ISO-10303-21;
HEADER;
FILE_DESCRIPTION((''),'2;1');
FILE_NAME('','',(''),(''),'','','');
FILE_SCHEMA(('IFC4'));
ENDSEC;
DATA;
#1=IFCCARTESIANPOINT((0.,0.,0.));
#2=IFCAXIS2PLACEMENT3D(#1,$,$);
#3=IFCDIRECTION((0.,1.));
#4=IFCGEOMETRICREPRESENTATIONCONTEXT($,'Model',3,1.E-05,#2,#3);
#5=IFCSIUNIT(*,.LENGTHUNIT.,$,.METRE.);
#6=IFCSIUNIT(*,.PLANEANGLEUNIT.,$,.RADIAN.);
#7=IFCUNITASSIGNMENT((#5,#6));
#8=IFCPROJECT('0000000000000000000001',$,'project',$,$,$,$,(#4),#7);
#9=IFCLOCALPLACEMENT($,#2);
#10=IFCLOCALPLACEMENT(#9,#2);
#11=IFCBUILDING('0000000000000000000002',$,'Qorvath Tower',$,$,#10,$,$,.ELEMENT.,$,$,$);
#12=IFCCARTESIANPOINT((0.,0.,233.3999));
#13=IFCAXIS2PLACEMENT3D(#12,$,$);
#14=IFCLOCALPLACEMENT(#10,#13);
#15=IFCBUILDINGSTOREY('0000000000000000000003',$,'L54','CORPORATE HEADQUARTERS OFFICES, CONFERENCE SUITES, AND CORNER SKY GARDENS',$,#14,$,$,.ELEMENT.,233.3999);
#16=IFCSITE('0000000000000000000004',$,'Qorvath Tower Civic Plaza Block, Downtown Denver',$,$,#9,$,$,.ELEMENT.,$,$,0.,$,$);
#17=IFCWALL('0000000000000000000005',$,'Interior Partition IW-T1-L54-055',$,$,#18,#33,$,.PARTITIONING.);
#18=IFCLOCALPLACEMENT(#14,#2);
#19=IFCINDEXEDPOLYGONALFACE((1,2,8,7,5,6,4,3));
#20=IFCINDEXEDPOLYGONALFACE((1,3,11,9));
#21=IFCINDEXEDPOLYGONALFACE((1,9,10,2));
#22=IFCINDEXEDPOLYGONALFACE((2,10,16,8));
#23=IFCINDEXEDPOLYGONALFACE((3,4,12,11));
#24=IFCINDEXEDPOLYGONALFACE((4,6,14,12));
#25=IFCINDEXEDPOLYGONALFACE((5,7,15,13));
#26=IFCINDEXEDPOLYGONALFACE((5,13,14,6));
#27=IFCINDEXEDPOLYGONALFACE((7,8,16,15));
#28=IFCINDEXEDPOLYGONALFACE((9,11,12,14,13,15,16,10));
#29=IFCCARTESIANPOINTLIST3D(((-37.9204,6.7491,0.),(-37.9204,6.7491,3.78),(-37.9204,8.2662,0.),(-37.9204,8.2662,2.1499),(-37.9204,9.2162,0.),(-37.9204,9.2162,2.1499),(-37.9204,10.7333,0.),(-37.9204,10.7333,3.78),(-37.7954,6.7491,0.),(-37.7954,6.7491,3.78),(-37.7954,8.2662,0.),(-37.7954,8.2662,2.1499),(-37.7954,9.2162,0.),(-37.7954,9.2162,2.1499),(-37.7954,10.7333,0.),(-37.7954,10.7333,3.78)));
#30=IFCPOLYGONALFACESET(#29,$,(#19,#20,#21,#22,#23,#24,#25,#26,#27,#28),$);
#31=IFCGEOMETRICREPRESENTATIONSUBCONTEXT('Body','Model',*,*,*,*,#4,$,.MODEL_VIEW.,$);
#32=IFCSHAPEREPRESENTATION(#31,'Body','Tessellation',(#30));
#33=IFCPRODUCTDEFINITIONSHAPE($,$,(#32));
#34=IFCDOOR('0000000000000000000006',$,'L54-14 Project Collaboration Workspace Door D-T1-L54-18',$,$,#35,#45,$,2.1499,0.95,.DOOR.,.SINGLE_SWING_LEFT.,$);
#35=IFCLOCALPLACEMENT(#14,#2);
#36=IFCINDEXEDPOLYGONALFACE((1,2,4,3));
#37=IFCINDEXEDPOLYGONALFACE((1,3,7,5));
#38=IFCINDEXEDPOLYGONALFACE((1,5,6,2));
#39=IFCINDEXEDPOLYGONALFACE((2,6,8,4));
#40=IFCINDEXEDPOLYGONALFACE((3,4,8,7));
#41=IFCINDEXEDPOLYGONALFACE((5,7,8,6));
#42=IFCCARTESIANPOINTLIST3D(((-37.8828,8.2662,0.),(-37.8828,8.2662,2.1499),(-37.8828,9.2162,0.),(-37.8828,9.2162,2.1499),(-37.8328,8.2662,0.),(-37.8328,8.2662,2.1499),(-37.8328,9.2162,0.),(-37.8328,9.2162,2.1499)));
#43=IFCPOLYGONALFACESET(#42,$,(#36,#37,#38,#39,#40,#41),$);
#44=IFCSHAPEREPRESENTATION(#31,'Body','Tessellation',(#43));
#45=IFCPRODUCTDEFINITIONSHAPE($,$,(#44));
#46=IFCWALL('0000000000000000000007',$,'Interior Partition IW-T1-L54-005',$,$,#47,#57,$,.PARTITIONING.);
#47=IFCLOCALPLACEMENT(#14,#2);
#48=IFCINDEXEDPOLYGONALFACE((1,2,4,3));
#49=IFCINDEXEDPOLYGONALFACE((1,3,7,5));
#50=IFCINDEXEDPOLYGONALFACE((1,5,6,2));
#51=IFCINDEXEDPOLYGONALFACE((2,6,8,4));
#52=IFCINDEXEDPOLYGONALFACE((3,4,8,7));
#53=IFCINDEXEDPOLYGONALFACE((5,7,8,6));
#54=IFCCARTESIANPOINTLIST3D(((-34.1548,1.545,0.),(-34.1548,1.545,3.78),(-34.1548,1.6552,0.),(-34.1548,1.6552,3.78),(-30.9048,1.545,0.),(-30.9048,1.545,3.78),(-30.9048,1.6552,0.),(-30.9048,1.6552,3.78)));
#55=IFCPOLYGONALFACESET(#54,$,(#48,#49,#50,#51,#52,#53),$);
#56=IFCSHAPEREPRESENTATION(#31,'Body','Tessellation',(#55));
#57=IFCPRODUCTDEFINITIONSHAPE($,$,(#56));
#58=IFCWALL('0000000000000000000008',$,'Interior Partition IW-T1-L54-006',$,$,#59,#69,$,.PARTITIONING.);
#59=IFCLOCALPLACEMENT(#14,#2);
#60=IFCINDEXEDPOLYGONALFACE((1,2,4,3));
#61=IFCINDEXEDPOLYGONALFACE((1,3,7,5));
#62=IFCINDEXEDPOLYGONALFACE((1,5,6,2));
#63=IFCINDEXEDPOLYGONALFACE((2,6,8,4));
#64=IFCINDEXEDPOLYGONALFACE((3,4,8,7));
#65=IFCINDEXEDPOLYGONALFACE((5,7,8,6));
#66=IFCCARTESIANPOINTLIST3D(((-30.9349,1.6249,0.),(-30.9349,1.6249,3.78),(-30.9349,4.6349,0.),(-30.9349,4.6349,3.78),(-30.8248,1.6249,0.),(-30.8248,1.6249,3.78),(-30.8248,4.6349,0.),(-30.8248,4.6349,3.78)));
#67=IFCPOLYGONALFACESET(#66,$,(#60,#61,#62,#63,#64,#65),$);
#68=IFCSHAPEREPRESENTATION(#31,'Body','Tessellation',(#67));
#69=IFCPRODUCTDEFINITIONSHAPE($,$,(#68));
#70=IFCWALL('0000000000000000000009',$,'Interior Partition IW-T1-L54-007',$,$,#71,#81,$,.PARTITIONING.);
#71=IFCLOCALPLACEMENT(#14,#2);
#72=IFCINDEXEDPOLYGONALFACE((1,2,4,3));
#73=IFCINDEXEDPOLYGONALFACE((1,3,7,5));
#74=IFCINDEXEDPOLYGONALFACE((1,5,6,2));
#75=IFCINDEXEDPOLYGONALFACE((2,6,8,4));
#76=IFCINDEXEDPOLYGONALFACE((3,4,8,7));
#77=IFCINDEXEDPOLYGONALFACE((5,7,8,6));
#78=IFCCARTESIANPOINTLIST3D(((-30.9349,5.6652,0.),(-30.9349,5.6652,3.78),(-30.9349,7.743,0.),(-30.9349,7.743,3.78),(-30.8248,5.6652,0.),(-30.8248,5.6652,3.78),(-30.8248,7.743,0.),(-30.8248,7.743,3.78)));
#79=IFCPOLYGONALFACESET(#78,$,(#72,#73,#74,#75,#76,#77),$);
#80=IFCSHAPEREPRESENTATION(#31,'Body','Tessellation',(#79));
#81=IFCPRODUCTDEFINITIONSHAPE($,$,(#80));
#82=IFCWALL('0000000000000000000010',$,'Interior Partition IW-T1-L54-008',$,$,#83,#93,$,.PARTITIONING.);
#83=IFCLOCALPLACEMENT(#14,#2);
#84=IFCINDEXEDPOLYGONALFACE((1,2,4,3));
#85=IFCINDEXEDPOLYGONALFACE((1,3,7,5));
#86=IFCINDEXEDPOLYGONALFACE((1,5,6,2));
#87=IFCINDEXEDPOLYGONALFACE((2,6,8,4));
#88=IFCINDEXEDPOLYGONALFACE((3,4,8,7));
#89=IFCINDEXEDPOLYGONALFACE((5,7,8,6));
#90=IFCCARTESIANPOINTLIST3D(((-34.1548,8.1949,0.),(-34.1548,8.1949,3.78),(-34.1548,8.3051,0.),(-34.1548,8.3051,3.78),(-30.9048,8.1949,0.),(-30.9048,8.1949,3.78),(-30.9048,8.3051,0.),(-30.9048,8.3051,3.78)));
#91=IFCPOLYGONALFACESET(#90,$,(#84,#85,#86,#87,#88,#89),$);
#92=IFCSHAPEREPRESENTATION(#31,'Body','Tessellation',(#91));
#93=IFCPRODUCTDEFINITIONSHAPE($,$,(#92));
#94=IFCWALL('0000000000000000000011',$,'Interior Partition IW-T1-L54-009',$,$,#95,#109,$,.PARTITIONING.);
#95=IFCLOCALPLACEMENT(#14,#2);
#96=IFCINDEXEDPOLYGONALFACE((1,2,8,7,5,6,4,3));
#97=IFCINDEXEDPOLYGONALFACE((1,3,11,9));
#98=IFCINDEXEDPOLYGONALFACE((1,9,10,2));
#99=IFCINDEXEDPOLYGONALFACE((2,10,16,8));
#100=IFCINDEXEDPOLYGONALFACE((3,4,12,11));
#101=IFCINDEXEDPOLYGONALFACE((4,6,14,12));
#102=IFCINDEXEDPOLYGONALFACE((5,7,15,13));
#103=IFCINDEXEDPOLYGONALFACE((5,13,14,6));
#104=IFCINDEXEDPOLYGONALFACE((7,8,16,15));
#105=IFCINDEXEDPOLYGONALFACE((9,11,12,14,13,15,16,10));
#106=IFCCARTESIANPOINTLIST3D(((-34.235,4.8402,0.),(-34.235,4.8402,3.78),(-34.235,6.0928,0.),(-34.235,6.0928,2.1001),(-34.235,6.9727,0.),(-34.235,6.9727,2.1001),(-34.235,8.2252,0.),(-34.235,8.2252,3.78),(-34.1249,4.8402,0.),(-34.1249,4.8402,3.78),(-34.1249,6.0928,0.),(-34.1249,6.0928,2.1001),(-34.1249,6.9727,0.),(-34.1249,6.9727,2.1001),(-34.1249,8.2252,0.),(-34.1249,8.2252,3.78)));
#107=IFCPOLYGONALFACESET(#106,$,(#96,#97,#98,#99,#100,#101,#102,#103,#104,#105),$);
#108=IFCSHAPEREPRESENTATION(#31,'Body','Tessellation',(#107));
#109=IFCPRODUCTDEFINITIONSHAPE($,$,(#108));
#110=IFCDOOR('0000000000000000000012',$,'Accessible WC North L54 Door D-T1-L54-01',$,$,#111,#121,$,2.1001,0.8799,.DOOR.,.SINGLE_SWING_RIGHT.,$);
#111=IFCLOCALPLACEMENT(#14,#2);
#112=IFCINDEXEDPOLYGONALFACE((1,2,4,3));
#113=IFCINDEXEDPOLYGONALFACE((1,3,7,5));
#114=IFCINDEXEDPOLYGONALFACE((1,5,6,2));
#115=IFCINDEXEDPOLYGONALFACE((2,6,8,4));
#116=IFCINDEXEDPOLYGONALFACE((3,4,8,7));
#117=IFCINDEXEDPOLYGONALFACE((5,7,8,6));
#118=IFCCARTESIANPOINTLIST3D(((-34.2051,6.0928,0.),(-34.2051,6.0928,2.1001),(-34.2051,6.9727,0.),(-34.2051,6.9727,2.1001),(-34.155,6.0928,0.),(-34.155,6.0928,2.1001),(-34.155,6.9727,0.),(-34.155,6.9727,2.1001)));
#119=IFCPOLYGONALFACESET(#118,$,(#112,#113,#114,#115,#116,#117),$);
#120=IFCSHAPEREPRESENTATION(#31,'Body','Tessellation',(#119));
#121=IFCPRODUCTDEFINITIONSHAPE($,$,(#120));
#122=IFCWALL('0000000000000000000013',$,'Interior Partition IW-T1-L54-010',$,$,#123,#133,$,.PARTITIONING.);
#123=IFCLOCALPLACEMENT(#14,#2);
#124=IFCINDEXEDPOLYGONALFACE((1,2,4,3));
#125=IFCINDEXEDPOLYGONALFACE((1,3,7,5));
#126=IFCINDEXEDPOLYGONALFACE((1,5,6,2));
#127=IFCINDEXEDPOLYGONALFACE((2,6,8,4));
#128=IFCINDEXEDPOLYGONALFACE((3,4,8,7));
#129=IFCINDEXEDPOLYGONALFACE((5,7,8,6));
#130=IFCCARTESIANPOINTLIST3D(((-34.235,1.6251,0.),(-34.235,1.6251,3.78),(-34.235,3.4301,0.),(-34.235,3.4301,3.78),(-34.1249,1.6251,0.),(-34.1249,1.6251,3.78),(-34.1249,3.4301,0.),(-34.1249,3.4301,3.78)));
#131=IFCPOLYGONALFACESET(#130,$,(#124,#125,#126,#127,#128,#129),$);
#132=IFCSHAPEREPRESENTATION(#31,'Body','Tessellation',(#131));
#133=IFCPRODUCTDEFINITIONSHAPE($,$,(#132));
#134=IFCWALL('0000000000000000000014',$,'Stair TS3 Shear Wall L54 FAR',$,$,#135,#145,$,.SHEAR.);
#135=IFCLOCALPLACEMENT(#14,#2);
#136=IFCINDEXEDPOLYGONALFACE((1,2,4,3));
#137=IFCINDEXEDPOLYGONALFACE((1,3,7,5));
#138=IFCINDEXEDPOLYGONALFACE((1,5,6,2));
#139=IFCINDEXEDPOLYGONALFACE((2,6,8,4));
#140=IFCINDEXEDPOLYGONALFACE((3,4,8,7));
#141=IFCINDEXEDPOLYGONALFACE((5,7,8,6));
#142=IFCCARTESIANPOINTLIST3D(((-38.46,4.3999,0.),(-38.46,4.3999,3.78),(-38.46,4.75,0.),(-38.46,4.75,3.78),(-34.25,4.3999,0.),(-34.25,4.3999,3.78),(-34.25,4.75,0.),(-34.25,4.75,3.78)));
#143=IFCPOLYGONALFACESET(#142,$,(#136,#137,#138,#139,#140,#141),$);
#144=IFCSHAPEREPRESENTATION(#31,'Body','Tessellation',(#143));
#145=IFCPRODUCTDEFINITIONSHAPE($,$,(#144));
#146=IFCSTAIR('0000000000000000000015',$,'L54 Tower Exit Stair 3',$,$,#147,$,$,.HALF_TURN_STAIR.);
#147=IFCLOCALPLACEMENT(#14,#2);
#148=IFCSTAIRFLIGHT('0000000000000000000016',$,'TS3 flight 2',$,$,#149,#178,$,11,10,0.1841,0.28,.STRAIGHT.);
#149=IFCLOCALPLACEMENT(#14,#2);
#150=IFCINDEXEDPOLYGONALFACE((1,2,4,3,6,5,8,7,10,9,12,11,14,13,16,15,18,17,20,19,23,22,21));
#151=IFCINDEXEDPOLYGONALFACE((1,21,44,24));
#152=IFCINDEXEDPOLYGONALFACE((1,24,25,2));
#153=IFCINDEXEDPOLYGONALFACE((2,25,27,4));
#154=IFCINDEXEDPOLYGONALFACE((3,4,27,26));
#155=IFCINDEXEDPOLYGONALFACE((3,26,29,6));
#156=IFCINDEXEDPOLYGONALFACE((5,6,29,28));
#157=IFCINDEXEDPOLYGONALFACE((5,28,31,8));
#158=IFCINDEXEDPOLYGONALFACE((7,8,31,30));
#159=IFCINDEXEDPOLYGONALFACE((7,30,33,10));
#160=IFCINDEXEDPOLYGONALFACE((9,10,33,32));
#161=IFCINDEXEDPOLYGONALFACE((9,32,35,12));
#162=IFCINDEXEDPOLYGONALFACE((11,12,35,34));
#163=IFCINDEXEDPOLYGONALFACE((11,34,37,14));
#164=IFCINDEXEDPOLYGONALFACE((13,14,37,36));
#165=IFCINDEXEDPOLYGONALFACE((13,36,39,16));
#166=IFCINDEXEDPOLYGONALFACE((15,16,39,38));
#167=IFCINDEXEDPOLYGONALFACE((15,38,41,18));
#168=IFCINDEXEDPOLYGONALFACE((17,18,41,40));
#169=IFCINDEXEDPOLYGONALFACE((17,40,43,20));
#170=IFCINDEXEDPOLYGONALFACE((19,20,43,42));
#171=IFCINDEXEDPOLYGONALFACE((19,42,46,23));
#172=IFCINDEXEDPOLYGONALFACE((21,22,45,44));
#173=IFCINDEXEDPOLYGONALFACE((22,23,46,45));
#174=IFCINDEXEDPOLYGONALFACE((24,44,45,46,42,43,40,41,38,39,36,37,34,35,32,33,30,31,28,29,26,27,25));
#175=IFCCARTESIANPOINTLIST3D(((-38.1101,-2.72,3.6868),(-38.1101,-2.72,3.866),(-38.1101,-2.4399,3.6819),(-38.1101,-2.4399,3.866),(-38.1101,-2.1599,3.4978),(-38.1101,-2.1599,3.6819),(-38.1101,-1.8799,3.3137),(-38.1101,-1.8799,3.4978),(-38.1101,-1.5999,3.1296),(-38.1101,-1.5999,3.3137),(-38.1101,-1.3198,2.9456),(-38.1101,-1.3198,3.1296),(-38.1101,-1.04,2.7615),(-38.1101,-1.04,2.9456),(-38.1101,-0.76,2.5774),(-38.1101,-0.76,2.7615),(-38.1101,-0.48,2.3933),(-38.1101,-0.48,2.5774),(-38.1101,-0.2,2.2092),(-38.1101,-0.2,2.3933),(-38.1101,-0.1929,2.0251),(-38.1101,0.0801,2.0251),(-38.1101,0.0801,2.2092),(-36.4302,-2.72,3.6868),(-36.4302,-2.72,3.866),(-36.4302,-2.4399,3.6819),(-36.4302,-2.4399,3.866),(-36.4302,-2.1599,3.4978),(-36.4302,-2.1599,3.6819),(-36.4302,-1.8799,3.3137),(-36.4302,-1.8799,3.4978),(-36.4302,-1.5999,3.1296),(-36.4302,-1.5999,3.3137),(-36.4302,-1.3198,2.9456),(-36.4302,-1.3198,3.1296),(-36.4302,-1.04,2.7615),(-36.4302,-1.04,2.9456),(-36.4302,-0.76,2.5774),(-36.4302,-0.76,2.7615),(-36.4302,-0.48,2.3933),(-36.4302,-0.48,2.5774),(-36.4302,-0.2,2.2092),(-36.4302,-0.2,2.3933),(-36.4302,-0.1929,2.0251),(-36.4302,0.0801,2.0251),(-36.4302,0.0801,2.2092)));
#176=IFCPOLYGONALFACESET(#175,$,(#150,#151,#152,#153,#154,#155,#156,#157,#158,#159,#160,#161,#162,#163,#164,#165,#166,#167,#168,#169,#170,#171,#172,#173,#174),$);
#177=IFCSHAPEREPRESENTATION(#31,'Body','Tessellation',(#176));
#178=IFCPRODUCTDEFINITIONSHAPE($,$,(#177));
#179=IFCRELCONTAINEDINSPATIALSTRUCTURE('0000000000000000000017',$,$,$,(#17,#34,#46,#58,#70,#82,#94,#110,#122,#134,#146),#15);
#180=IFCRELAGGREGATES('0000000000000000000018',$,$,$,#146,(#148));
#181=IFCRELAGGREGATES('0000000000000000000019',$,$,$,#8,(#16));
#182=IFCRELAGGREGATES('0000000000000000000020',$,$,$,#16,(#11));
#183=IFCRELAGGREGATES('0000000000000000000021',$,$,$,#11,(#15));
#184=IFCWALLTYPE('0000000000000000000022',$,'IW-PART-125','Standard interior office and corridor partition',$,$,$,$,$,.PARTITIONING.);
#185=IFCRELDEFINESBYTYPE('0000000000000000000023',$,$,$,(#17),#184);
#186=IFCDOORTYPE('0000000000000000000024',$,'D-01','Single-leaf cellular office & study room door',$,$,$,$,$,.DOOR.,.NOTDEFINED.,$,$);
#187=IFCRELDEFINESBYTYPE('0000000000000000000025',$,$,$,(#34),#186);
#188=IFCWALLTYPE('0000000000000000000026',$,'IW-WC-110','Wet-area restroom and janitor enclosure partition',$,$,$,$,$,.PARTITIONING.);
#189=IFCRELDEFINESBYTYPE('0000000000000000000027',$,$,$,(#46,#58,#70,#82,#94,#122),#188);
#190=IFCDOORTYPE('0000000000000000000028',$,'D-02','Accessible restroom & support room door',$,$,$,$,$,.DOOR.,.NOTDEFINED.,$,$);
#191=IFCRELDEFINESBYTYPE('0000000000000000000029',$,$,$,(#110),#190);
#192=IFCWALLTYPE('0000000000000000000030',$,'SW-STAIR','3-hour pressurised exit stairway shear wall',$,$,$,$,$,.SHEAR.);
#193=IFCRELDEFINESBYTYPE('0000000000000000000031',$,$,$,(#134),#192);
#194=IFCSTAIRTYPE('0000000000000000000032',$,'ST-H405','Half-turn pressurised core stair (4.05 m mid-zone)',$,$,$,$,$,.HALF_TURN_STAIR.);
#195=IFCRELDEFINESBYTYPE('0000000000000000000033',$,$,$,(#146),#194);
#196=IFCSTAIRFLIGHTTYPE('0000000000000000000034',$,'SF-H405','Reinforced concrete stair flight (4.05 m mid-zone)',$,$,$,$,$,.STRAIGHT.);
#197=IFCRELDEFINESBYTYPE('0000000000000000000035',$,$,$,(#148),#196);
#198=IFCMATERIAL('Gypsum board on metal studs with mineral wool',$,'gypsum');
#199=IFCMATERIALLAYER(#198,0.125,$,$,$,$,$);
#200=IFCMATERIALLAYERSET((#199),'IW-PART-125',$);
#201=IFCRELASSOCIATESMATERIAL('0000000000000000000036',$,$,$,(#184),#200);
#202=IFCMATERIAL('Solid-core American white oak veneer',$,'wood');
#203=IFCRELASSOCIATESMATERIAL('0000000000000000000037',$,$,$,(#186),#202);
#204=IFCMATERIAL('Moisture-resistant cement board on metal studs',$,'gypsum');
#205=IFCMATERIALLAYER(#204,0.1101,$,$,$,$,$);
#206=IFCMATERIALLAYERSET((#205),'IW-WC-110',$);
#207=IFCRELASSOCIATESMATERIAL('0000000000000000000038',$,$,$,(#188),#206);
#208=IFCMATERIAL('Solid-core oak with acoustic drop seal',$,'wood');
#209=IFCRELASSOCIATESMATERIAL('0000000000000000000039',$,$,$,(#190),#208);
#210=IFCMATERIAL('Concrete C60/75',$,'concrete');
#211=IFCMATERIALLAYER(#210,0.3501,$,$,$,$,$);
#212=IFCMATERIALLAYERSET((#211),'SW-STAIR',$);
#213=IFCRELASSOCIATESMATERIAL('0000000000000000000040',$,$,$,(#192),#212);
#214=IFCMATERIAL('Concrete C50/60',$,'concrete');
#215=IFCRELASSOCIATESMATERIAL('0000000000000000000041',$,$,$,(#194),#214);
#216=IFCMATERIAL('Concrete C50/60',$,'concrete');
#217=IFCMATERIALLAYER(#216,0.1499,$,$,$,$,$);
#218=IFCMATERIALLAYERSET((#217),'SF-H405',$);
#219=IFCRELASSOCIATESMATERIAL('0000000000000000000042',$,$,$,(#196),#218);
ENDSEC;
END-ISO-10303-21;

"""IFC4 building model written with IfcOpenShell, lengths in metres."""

from ifc_helpers import new_model, si_unit, direction, frame, frame_2d, origin, place, context, subcontext, project, spatial, polyline, rectangle, outline, extrude, material, layer, layer_set, type_object, element, fill, aggregate, save


model = new_model("IFC4")

# Units and contexts
model_context = context("Model", 3, precision=1e-05, world=origin(), true_north=direction((0.0, 1.0)))
body_context = subcontext(model_context, "Body", "Model", "MODEL_VIEW")
ifc_project = project(units=[si_unit("LENGTHUNIT", "METRE"), si_unit("PLANEANGLEUNIT", "RADIAN")], contexts=[model_context])

# Site, building, storey
site_placement = place(None, origin())
site = spatial("IfcSite", under=ifc_project, at=site_placement, Name="Qorvath Tower Civic Plaza Block, Downtown Denver", CompositionType="ELEMENT", RefElevation=0.0)
building_placement = place(site_placement, origin())
building = spatial("IfcBuilding", under=site, at=building_placement, Name="Qorvath Tower", CompositionType="ELEMENT")
storey_placement = place(building_placement, frame((0.0, 0.0, 233.3999)))
storey = spatial("IfcBuildingStorey", under=building, at=storey_placement, Name="L54", Description="CORPORATE HEADQUARTERS OFFICES, CONFERENCE SUITES, AND CORNER SKY GARDENS", CompositionType="ELEMENT", Elevation=233.3999)

# Shared definitions
ifc_material_1 = material(Name="Gypsum board on metal studs with mineral wool", Category="gypsum")
ifc_layer_1 = layer(ifc_material_1, 0.125)
ifc_layer_set_1 = layer_set([ifc_layer_1], Name="IW-PART-125")
wall_type_1 = type_object("IfcWallType", Name="IW-PART-125", Description="Standard interior office and corridor partition", PredefinedType="PARTITIONING", material=ifc_layer_set_1)

# Wall, opening, door
wall_1_placement = place(storey_placement, frame((-37.8579, 6.749, 0.0), z_axis=(0.0, 0.0, 1.0), x_axis=(0.0, 1.0, 0.0)))
wall_1 = element("IfcWall", 1, at=wall_1_placement, inside=storey, type_object=wall_type_1, Name="Interior Partition IW-T1-L54-055", PredefinedType="PARTITIONING", context=body_context, shape_type="SweptSolid", body=[
    extrude(rectangle(XDim=3.9841, YDim=0.125, at=frame_2d((1.9922, 0.0))), origin(), (0.0, 0.0, 1.0), 3.78),
])
opening_1_placement = place(wall_1_placement, frame((1.5171, 0.0, 0.0)))
opening_1 = element("IfcOpeningElement", 2, at=opening_1_placement, cuts=wall_1, PredefinedType="OPENING", context=body_context, shape_type="SweptSolid", body=[
    extrude(rectangle(XDim=0.95, YDim=2.1499, at=frame_2d((0.4751, 1.075))), frame((0.0, 0.0725, 0.0), z_axis=(0.0, -1.0, 0.0), x_axis=(1.0, 0.0, 0.0)), (0.0, 0.0, 1.0), 0.145),
])
ifc_material_2 = material(Name="Solid-core American white oak veneer", Category="wood")
door_type_1 = type_object("IfcDoorType", Name="D-01", Description="Single-leaf cellular office & study room door", OperationType="NOTDEFINED", PredefinedType="DOOR", material=ifc_material_2)
door_1_placement = place(opening_1_placement, origin())
door_1 = element("IfcDoor", 3, at=door_1_placement, inside=storey, type_object=door_type_1, Name="L54-14 Project Collaboration Workspace Door D-T1-L54-18", OperationType="SINGLE_SWING_LEFT", OverallHeight=2.1499, OverallWidth=0.95, PredefinedType="DOOR", context=body_context, shape_type="SweptSolid", body=[
    extrude(rectangle(XDim=0.95, YDim=2.1499, at=frame_2d((0.4751, 1.075))), frame((0.0, 0.0249, 0.0), z_axis=(0.0, -1.0, 0.0), x_axis=(1.0, 0.0, 0.0)), (0.0, 0.0, 1.0), 0.05),
])
fill(opening_1, door_1)

# Walls
ifc_material_3 = material(Name="Moisture-resistant cement board on metal studs", Category="gypsum")
ifc_layer_2 = layer(ifc_material_3, 0.1101)
ifc_layer_set_2 = layer_set([ifc_layer_2], Name="IW-WC-110")
wall_type_2 = type_object("IfcWallType", Name="IW-WC-110", Description="Wet-area restroom and janitor enclosure partition", PredefinedType="PARTITIONING", material=ifc_layer_set_2)
wall_2_placement = place(storey_placement, frame((-34.1548, 1.6001, 0.0), z_axis=(0.0, 0.0, 1.0), x_axis=(1.0, 0.0, 0.0)))
element("IfcWall", 4, at=wall_2_placement, inside=storey, type_object=wall_type_2, Name="Interior Partition IW-T1-L54-005", PredefinedType="PARTITIONING", context=body_context, shape_type="SweptSolid", body=[
    extrude(rectangle(XDim=3.25, YDim=0.1101, at=frame_2d((1.625, 0.0))), origin(), (0.0, 0.0, 1.0), 3.78),
])
wall_3_placement = place(storey_placement, frame((-30.8799, 1.625, 0.0), z_axis=(0.0, 0.0, 1.0), x_axis=(0.0, 1.0, 0.0)))
element("IfcWall", 5, at=wall_3_placement, inside=storey, type_object=wall_type_2, Name="Interior Partition IW-T1-L54-006", PredefinedType="PARTITIONING", context=body_context, shape_type="SweptSolid", body=[
    extrude(rectangle(XDim=3.01, YDim=0.1101, at=frame_2d((1.5049, 0.0))), origin(), (0.0, 0.0, 1.0), 3.78),
])
wall_4_placement = place(storey_placement, frame((-30.8799, 5.665, 0.0), z_axis=(0.0, 0.0, 1.0), x_axis=(0.0, 1.0, 0.0)))
element("IfcWall", 6, at=wall_4_placement, inside=storey, type_object=wall_type_2, Name="Interior Partition IW-T1-L54-007", PredefinedType="PARTITIONING", context=body_context, shape_type="SweptSolid", body=[
    extrude(rectangle(XDim=2.0779, YDim=0.1101, at=frame_2d((1.0391, 0.0))), origin(), (0.0, 0.0, 1.0), 3.78),
])
wall_5_placement = place(storey_placement, frame((-30.9048, 8.25, 0.0), z_axis=(0.0, 0.0, 1.0), x_axis=(-1.0, 0.0, 0.0)))
element("IfcWall", 7, at=wall_5_placement, inside=storey, type_object=wall_type_2, Name="Interior Partition IW-T1-L54-008", PredefinedType="PARTITIONING", context=body_context, shape_type="SweptSolid", body=[
    extrude(rectangle(XDim=3.25, YDim=0.1101, at=frame_2d((1.625, 0.0))), origin(), (0.0, 0.0, 1.0), 3.78),
])

# Wall, opening, door
wall_6_placement = place(storey_placement, frame((-34.1799, 8.2251, 0.0), z_axis=(0.0, 0.0, 1.0), x_axis=(0.0, -1.0, 0.0)))
wall_6 = element("IfcWall", 8, at=wall_6_placement, inside=storey, type_object=wall_type_2, Name="Interior Partition IW-T1-L54-009", PredefinedType="PARTITIONING", context=body_context, shape_type="SweptSolid", body=[
    extrude(rectangle(XDim=3.385, YDim=0.1101, at=frame_2d((1.6924, 0.0))), origin(), (0.0, 0.0, 1.0), 3.78),
])
opening_2_placement = place(wall_6_placement, frame((1.2524, 0.0, 0.0)))
opening_2 = element("IfcOpeningElement", 9, at=opening_2_placement, cuts=wall_6, PredefinedType="OPENING", context=body_context, shape_type="SweptSolid", body=[
    extrude(rectangle(XDim=0.8799, YDim=2.1001, at=frame_2d((0.4399, 1.05))), frame((0.0, 0.0649, 0.0), z_axis=(0.0, -1.0, 0.0), x_axis=(1.0, 0.0, 0.0)), (0.0, 0.0, 1.0), 0.1301),
])
ifc_material_4 = material(Name="Solid-core oak with acoustic drop seal", Category="wood")
door_type_2 = type_object("IfcDoorType", Name="D-02", Description="Accessible restroom & support room door", OperationType="NOTDEFINED", PredefinedType="DOOR", material=ifc_material_4)
door_2_placement = place(opening_2_placement, origin())
door_2 = element("IfcDoor", 10, at=door_2_placement, inside=storey, type_object=door_type_2, Name="Accessible WC North L54 Door D-T1-L54-01", OperationType="SINGLE_SWING_RIGHT", OverallHeight=2.1001, OverallWidth=0.8799, PredefinedType="DOOR", context=body_context, shape_type="SweptSolid", body=[
    extrude(rectangle(XDim=0.8799, YDim=2.1001, at=frame_2d((0.4399, 1.05))), frame((0.0, 0.0249, 0.0), z_axis=(0.0, -1.0, 0.0), x_axis=(1.0, 0.0, 0.0)), (0.0, 0.0, 1.0), 0.05),
])
fill(opening_2, door_2)

# Walls
wall_7_placement = place(storey_placement, frame((-34.1799, 3.4299, 0.0), z_axis=(0.0, 0.0, 1.0), x_axis=(0.0, -1.0, 0.0)))
element("IfcWall", 11, at=wall_7_placement, inside=storey, type_object=wall_type_2, Name="Interior Partition IW-T1-L54-010", PredefinedType="PARTITIONING", context=body_context, shape_type="SweptSolid", body=[
    extrude(rectangle(XDim=1.8049, YDim=0.1101, at=frame_2d((0.9023, 0.0))), origin(), (0.0, 0.0, 1.0), 3.78),
])
ifc_material_5 = material(Name="Concrete C60/75", Category="concrete")
ifc_layer_3 = layer(ifc_material_5, 0.3501)
ifc_layer_set_3 = layer_set([ifc_layer_3], Name="SW-STAIR")
wall_type_3 = type_object("IfcWallType", Name="SW-STAIR", Description="3-hour pressurised exit stairway shear wall", PredefinedType="SHEAR", material=ifc_layer_set_3)
wall_8_placement = place(storey_placement, frame((-34.25, 4.575, 0.0), z_axis=(0.0, 0.0, 1.0), x_axis=(-1.0, 0.0, 0.0)))
element("IfcWall", 12, at=wall_8_placement, inside=storey, type_object=wall_type_3, Name="Stair TS3 Shear Wall L54 FAR", PredefinedType="SHEAR", context=body_context, shape_type="SweptSolid", body=[
    extrude(rectangle(XDim=4.21, YDim=0.3501, at=frame_2d((2.105, 0.0))), origin(), (0.0, 0.0, 1.0), 3.78),
])

# Stair, stair flight
ifc_material_6 = material(Name="Concrete C50/60", Category="concrete")
stair_type = type_object("IfcStairType", Name="ST-H405", Description="Half-turn pressurised core stair (4.05 m mid-zone)", PredefinedType="HALF_TURN_STAIR", material=ifc_material_6)
stair_placement = place(storey_placement, origin())
stair = element("IfcStair", 13, at=stair_placement, inside=storey, type_object=stair_type, Name="L54 Tower Exit Stair 3", PredefinedType="HALF_TURN_STAIR")
ifc_material_7 = material(Name="Concrete C50/60", Category="concrete")
ifc_layer_4 = layer(ifc_material_7, 0.1499)
ifc_layer_set_4 = layer_set([ifc_layer_4], Name="SF-H405")
stair_flight_type = type_object("IfcStairFlightType", Name="SF-H405", Description="Reinforced concrete stair flight (4.05 m mid-zone)", PredefinedType="STRAIGHT", material=ifc_layer_set_4)
stair_flight_placement = place(storey_placement, frame((-37.27, 0.0801, 2.0251), z_axis=(0.0, 0.0, 1.0), x_axis=(0.0, -1.0, 0.0)))
stair_flight = element("IfcStairFlight", 14, at=stair_flight_placement, type_object=stair_flight_type, Name="TS3 flight 2", NumberOfRisers=11, NumberOfTreads=10, PredefinedType="STRAIGHT", RiserHeight=0.1841, TreadLength=0.28, context=body_context, shape_type="SweptSolid", body=[
    extrude(outline(polyline([(0.0, 0.0), (0.0, 0.1841), (0.28, 0.1841), (0.28, 0.3682), (0.5601, 0.3682), (0.5601, 0.5522), (0.8401, 0.5522), (0.8401, 0.7363), (1.1201, 0.7363), (1.1201, 0.9204), (1.3999, 0.9204), (1.3999, 1.1045), (1.6799, 1.1045), (1.6799, 1.2886), (1.96, 1.2886), (1.96, 1.4727), (2.24, 1.4727), (2.24, 1.6567), (2.52, 1.6567), (2.52, 1.8408), (2.8, 1.8408), (2.8, 2.0249), (2.8, 1.6616), (0.2729, 0.0), (0.0, 0.0)])), frame((0.0, 0.8398, 0.0), z_axis=(0.0, -1.0, 0.0), x_axis=(1.0, 0.0, 0.0)), (0.0, 0.0, 1.0), 1.6799),
])
aggregate(stair, [stair_flight])

save(model, "model.ifc")
